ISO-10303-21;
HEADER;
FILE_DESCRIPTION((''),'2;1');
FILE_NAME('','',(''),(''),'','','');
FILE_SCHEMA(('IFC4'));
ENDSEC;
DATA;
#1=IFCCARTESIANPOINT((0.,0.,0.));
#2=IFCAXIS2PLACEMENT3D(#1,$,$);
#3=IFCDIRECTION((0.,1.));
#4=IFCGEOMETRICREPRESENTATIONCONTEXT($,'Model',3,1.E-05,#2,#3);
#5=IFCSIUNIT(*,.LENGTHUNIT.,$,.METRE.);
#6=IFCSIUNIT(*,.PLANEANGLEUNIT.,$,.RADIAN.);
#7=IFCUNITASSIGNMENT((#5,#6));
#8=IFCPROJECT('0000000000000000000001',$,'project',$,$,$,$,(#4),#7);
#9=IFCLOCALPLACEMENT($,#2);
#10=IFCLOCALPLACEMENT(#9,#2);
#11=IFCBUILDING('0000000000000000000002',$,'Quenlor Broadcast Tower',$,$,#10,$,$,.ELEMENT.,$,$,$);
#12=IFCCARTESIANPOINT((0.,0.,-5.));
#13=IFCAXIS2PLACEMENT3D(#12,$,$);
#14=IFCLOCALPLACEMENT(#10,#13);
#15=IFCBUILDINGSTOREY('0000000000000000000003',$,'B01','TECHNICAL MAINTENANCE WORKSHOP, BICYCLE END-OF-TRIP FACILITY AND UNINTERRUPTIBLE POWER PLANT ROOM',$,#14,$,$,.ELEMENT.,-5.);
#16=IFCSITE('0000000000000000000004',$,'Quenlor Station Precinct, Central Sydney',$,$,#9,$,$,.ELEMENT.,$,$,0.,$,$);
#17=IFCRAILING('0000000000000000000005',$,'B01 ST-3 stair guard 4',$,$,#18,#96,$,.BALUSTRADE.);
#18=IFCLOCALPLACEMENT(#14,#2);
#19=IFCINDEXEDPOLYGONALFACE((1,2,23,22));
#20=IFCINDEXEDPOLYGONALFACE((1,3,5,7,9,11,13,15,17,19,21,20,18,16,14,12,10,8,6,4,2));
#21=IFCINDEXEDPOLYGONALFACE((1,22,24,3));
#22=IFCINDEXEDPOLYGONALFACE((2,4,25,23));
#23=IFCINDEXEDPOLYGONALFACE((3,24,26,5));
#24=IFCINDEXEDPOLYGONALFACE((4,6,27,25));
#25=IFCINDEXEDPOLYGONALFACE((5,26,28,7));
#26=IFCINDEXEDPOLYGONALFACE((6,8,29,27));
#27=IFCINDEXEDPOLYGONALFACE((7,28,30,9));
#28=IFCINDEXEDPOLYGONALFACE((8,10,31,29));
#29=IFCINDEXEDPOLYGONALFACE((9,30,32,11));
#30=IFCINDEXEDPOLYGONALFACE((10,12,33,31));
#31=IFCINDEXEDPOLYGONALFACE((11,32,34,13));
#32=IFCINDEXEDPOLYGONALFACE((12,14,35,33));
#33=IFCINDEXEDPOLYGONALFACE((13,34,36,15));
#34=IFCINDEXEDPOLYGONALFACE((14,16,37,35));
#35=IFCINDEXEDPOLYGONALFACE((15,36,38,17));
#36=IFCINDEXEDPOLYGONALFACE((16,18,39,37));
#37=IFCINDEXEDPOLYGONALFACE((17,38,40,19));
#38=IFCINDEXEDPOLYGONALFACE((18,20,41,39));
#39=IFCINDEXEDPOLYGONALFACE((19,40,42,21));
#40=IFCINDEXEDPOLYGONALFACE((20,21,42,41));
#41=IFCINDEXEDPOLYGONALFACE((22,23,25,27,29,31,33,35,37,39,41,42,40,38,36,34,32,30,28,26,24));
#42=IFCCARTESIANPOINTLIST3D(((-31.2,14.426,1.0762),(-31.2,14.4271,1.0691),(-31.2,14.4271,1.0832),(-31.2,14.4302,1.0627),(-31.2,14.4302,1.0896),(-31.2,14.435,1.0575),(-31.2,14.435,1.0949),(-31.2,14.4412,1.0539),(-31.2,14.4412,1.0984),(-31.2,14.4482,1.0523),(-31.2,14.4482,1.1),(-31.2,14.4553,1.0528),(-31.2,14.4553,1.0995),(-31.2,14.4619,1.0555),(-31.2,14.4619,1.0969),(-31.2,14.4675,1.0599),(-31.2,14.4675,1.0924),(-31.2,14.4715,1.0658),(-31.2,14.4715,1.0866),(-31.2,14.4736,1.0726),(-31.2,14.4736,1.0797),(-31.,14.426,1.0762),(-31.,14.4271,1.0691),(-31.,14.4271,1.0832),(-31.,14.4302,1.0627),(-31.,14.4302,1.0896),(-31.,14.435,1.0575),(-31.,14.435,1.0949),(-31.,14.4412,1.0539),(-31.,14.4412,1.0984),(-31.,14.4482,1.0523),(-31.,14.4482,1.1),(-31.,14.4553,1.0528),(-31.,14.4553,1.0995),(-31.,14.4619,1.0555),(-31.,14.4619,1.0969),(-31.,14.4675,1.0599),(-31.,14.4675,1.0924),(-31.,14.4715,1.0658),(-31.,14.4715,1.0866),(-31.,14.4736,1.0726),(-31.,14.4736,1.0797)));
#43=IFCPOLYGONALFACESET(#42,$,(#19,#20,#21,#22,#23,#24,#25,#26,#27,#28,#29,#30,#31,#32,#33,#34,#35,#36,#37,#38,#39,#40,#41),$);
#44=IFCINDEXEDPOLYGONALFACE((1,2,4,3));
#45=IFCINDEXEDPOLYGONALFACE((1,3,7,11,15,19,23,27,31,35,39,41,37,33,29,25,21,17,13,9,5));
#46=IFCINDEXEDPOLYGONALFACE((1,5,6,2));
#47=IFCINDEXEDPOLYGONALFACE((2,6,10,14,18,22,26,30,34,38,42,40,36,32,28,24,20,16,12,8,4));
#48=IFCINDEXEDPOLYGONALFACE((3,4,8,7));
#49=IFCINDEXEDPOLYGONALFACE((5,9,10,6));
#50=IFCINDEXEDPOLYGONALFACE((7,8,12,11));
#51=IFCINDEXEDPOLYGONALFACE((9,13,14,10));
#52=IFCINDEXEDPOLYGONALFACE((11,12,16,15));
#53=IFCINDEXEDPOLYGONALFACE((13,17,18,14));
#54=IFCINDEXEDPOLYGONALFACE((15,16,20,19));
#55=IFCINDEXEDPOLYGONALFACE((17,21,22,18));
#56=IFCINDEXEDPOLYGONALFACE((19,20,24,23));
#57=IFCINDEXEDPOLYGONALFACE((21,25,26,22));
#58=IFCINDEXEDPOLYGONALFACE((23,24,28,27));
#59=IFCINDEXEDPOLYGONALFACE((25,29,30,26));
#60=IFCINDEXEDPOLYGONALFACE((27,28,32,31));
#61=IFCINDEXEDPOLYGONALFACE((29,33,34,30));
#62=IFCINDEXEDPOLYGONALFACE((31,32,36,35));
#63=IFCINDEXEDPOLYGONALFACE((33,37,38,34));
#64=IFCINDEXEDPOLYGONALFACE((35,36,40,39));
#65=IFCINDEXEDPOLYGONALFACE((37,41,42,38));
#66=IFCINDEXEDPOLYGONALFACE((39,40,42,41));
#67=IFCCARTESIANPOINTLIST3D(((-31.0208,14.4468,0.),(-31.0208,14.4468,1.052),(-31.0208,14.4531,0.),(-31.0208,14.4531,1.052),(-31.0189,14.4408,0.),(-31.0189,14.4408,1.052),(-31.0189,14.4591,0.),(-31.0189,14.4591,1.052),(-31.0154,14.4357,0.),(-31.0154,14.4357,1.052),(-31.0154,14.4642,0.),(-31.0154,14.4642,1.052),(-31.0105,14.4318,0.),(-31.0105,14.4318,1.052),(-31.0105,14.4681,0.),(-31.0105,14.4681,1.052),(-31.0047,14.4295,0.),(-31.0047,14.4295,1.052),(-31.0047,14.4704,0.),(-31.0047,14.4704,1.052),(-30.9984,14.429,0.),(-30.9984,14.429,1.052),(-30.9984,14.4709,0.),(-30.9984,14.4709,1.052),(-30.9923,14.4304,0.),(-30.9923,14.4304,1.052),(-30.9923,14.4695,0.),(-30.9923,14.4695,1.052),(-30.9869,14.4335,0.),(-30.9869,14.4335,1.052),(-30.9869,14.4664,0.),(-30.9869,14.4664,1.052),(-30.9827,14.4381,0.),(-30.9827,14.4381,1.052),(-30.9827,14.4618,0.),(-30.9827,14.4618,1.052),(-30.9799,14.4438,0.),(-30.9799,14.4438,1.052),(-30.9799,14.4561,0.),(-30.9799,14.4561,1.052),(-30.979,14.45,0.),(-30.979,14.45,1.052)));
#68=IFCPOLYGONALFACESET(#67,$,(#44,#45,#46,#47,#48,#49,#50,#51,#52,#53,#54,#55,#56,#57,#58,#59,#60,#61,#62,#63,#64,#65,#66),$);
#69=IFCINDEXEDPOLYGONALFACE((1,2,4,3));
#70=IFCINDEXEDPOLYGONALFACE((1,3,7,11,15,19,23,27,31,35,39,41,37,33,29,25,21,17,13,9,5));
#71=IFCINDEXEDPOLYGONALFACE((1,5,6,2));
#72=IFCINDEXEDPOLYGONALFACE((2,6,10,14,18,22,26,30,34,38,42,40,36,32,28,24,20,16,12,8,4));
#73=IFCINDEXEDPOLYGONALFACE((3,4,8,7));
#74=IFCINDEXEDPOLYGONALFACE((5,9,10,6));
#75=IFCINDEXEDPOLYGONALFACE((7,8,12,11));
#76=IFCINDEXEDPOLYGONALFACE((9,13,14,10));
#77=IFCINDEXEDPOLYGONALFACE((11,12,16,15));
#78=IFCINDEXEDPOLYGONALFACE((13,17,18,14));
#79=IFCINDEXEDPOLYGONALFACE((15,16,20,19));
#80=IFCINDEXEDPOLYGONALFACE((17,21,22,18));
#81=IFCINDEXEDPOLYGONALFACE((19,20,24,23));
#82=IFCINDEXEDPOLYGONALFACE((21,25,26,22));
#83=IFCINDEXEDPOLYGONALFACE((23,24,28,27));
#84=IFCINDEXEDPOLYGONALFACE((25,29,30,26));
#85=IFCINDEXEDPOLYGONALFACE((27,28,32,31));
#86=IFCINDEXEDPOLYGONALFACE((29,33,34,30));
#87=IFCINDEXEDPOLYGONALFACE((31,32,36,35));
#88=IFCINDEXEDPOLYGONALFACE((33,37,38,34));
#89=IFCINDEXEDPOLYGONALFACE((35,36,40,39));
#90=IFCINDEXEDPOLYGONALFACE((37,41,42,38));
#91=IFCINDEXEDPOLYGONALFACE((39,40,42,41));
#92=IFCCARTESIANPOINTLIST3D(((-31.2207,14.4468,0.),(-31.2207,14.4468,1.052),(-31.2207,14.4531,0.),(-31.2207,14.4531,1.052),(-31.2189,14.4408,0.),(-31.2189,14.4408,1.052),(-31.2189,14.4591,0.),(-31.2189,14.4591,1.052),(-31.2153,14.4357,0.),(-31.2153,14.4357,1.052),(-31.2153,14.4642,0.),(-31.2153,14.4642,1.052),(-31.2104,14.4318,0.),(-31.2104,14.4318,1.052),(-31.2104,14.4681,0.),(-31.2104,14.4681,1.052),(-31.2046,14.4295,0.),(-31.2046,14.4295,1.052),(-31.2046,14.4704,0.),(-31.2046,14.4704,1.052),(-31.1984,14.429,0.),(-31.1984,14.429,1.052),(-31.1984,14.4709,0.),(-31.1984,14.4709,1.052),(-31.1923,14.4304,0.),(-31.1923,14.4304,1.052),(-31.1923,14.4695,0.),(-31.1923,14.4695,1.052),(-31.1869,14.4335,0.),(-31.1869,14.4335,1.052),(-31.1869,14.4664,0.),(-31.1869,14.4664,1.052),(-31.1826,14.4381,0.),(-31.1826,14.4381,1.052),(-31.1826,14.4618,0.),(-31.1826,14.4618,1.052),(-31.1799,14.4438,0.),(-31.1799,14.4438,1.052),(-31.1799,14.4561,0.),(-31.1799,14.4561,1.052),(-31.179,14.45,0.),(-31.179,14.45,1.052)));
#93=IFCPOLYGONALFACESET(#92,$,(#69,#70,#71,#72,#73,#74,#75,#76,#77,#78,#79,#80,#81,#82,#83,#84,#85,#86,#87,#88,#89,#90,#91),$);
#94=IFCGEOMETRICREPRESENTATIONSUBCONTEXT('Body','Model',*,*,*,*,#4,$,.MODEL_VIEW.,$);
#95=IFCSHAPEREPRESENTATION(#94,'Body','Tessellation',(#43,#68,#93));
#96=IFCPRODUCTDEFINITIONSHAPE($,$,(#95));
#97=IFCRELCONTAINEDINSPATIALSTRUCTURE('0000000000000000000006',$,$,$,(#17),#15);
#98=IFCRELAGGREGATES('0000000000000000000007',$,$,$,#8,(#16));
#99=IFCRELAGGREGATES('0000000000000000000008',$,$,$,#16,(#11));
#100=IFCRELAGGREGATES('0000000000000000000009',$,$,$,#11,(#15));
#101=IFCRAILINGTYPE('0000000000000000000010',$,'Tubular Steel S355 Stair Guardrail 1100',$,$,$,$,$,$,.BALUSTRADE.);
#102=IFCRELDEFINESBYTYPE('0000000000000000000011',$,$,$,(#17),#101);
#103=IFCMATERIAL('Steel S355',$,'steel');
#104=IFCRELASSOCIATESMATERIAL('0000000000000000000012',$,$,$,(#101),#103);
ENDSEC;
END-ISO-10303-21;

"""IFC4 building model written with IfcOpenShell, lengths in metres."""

from ifc_helpers import new_model, si_unit, direction, frame, origin, origin_2d, place, context, subcontext, project, spatial, circle, extrude, material, type_object, element, save


model = new_model("IFC4")

# Units and contexts
model_context = context("Model", 3, precision=1e-05, world=origin(), true_north=direction((0.0, 1.0)))
body_context = subcontext(model_context, "Body", "Model", "MODEL_VIEW")
ifc_project = project(units=[si_unit("LENGTHUNIT", "METRE"), si_unit("PLANEANGLEUNIT", "RADIAN")], contexts=[model_context])

# Site, building, storey
site_placement = place(None, origin())
site = spatial("IfcSite", under=ifc_project, at=site_placement, Name="Quenlor Station Precinct, Central Sydney", CompositionType="ELEMENT", RefElevation=0.0)
building_placement = place(site_placement, origin())
building = spatial("IfcBuilding", under=site, at=building_placement, Name="Quenlor Broadcast Tower", CompositionType="ELEMENT")
storey_placement = place(building_placement, frame((0.0, 0.0, -5.0)))
storey = spatial("IfcBuildingStorey", under=building, at=storey_placement, Name="B01", Description="TECHNICAL MAINTENANCE WORKSHOP, BICYCLE END-OF-TRIP FACILITY AND UNINTERRUPTIBLE POWER PLANT ROOM", CompositionType="ELEMENT", Elevation=-5.0)

# Railing
ifc_material_1 = material(Name="Steel S355", Category="steel")
railing_type_1 = type_object("IfcRailingType", Name="Tubular Steel S355 Stair Guardrail 1100", PredefinedType="BALUSTRADE", material=ifc_material_1)
railing_1_placement = place(storey_placement, frame((-31.0, 14.45, 0.0)))
element("IfcRailing", 1, at=railing_1_placement, inside=storey, type_object=railing_type_1, Name="B01 ST-3 stair guard 4", PredefinedType="BALUSTRADE", context=body_context, shape_type="SweptSolid", body=[
    extrude(circle(Radius=0.0239, at=origin_2d()), frame((0.0, 0.0, 1.0762), z_axis=(-1.0, 0.0, 0.0), x_axis=(0.0, -1.0, 0.0)), (0.0, 0.0, 1.0), 0.2),
    extrude(circle(Radius=0.021, at=origin_2d()), origin(), (0.0, 0.0, 1.0), 1.052),
    extrude(circle(Radius=0.021, at=origin_2d()), frame((-0.2, 0.0, 0.0)), (0.0, 0.0, 1.0), 1.052),
])

save(model, "model.ifc")
